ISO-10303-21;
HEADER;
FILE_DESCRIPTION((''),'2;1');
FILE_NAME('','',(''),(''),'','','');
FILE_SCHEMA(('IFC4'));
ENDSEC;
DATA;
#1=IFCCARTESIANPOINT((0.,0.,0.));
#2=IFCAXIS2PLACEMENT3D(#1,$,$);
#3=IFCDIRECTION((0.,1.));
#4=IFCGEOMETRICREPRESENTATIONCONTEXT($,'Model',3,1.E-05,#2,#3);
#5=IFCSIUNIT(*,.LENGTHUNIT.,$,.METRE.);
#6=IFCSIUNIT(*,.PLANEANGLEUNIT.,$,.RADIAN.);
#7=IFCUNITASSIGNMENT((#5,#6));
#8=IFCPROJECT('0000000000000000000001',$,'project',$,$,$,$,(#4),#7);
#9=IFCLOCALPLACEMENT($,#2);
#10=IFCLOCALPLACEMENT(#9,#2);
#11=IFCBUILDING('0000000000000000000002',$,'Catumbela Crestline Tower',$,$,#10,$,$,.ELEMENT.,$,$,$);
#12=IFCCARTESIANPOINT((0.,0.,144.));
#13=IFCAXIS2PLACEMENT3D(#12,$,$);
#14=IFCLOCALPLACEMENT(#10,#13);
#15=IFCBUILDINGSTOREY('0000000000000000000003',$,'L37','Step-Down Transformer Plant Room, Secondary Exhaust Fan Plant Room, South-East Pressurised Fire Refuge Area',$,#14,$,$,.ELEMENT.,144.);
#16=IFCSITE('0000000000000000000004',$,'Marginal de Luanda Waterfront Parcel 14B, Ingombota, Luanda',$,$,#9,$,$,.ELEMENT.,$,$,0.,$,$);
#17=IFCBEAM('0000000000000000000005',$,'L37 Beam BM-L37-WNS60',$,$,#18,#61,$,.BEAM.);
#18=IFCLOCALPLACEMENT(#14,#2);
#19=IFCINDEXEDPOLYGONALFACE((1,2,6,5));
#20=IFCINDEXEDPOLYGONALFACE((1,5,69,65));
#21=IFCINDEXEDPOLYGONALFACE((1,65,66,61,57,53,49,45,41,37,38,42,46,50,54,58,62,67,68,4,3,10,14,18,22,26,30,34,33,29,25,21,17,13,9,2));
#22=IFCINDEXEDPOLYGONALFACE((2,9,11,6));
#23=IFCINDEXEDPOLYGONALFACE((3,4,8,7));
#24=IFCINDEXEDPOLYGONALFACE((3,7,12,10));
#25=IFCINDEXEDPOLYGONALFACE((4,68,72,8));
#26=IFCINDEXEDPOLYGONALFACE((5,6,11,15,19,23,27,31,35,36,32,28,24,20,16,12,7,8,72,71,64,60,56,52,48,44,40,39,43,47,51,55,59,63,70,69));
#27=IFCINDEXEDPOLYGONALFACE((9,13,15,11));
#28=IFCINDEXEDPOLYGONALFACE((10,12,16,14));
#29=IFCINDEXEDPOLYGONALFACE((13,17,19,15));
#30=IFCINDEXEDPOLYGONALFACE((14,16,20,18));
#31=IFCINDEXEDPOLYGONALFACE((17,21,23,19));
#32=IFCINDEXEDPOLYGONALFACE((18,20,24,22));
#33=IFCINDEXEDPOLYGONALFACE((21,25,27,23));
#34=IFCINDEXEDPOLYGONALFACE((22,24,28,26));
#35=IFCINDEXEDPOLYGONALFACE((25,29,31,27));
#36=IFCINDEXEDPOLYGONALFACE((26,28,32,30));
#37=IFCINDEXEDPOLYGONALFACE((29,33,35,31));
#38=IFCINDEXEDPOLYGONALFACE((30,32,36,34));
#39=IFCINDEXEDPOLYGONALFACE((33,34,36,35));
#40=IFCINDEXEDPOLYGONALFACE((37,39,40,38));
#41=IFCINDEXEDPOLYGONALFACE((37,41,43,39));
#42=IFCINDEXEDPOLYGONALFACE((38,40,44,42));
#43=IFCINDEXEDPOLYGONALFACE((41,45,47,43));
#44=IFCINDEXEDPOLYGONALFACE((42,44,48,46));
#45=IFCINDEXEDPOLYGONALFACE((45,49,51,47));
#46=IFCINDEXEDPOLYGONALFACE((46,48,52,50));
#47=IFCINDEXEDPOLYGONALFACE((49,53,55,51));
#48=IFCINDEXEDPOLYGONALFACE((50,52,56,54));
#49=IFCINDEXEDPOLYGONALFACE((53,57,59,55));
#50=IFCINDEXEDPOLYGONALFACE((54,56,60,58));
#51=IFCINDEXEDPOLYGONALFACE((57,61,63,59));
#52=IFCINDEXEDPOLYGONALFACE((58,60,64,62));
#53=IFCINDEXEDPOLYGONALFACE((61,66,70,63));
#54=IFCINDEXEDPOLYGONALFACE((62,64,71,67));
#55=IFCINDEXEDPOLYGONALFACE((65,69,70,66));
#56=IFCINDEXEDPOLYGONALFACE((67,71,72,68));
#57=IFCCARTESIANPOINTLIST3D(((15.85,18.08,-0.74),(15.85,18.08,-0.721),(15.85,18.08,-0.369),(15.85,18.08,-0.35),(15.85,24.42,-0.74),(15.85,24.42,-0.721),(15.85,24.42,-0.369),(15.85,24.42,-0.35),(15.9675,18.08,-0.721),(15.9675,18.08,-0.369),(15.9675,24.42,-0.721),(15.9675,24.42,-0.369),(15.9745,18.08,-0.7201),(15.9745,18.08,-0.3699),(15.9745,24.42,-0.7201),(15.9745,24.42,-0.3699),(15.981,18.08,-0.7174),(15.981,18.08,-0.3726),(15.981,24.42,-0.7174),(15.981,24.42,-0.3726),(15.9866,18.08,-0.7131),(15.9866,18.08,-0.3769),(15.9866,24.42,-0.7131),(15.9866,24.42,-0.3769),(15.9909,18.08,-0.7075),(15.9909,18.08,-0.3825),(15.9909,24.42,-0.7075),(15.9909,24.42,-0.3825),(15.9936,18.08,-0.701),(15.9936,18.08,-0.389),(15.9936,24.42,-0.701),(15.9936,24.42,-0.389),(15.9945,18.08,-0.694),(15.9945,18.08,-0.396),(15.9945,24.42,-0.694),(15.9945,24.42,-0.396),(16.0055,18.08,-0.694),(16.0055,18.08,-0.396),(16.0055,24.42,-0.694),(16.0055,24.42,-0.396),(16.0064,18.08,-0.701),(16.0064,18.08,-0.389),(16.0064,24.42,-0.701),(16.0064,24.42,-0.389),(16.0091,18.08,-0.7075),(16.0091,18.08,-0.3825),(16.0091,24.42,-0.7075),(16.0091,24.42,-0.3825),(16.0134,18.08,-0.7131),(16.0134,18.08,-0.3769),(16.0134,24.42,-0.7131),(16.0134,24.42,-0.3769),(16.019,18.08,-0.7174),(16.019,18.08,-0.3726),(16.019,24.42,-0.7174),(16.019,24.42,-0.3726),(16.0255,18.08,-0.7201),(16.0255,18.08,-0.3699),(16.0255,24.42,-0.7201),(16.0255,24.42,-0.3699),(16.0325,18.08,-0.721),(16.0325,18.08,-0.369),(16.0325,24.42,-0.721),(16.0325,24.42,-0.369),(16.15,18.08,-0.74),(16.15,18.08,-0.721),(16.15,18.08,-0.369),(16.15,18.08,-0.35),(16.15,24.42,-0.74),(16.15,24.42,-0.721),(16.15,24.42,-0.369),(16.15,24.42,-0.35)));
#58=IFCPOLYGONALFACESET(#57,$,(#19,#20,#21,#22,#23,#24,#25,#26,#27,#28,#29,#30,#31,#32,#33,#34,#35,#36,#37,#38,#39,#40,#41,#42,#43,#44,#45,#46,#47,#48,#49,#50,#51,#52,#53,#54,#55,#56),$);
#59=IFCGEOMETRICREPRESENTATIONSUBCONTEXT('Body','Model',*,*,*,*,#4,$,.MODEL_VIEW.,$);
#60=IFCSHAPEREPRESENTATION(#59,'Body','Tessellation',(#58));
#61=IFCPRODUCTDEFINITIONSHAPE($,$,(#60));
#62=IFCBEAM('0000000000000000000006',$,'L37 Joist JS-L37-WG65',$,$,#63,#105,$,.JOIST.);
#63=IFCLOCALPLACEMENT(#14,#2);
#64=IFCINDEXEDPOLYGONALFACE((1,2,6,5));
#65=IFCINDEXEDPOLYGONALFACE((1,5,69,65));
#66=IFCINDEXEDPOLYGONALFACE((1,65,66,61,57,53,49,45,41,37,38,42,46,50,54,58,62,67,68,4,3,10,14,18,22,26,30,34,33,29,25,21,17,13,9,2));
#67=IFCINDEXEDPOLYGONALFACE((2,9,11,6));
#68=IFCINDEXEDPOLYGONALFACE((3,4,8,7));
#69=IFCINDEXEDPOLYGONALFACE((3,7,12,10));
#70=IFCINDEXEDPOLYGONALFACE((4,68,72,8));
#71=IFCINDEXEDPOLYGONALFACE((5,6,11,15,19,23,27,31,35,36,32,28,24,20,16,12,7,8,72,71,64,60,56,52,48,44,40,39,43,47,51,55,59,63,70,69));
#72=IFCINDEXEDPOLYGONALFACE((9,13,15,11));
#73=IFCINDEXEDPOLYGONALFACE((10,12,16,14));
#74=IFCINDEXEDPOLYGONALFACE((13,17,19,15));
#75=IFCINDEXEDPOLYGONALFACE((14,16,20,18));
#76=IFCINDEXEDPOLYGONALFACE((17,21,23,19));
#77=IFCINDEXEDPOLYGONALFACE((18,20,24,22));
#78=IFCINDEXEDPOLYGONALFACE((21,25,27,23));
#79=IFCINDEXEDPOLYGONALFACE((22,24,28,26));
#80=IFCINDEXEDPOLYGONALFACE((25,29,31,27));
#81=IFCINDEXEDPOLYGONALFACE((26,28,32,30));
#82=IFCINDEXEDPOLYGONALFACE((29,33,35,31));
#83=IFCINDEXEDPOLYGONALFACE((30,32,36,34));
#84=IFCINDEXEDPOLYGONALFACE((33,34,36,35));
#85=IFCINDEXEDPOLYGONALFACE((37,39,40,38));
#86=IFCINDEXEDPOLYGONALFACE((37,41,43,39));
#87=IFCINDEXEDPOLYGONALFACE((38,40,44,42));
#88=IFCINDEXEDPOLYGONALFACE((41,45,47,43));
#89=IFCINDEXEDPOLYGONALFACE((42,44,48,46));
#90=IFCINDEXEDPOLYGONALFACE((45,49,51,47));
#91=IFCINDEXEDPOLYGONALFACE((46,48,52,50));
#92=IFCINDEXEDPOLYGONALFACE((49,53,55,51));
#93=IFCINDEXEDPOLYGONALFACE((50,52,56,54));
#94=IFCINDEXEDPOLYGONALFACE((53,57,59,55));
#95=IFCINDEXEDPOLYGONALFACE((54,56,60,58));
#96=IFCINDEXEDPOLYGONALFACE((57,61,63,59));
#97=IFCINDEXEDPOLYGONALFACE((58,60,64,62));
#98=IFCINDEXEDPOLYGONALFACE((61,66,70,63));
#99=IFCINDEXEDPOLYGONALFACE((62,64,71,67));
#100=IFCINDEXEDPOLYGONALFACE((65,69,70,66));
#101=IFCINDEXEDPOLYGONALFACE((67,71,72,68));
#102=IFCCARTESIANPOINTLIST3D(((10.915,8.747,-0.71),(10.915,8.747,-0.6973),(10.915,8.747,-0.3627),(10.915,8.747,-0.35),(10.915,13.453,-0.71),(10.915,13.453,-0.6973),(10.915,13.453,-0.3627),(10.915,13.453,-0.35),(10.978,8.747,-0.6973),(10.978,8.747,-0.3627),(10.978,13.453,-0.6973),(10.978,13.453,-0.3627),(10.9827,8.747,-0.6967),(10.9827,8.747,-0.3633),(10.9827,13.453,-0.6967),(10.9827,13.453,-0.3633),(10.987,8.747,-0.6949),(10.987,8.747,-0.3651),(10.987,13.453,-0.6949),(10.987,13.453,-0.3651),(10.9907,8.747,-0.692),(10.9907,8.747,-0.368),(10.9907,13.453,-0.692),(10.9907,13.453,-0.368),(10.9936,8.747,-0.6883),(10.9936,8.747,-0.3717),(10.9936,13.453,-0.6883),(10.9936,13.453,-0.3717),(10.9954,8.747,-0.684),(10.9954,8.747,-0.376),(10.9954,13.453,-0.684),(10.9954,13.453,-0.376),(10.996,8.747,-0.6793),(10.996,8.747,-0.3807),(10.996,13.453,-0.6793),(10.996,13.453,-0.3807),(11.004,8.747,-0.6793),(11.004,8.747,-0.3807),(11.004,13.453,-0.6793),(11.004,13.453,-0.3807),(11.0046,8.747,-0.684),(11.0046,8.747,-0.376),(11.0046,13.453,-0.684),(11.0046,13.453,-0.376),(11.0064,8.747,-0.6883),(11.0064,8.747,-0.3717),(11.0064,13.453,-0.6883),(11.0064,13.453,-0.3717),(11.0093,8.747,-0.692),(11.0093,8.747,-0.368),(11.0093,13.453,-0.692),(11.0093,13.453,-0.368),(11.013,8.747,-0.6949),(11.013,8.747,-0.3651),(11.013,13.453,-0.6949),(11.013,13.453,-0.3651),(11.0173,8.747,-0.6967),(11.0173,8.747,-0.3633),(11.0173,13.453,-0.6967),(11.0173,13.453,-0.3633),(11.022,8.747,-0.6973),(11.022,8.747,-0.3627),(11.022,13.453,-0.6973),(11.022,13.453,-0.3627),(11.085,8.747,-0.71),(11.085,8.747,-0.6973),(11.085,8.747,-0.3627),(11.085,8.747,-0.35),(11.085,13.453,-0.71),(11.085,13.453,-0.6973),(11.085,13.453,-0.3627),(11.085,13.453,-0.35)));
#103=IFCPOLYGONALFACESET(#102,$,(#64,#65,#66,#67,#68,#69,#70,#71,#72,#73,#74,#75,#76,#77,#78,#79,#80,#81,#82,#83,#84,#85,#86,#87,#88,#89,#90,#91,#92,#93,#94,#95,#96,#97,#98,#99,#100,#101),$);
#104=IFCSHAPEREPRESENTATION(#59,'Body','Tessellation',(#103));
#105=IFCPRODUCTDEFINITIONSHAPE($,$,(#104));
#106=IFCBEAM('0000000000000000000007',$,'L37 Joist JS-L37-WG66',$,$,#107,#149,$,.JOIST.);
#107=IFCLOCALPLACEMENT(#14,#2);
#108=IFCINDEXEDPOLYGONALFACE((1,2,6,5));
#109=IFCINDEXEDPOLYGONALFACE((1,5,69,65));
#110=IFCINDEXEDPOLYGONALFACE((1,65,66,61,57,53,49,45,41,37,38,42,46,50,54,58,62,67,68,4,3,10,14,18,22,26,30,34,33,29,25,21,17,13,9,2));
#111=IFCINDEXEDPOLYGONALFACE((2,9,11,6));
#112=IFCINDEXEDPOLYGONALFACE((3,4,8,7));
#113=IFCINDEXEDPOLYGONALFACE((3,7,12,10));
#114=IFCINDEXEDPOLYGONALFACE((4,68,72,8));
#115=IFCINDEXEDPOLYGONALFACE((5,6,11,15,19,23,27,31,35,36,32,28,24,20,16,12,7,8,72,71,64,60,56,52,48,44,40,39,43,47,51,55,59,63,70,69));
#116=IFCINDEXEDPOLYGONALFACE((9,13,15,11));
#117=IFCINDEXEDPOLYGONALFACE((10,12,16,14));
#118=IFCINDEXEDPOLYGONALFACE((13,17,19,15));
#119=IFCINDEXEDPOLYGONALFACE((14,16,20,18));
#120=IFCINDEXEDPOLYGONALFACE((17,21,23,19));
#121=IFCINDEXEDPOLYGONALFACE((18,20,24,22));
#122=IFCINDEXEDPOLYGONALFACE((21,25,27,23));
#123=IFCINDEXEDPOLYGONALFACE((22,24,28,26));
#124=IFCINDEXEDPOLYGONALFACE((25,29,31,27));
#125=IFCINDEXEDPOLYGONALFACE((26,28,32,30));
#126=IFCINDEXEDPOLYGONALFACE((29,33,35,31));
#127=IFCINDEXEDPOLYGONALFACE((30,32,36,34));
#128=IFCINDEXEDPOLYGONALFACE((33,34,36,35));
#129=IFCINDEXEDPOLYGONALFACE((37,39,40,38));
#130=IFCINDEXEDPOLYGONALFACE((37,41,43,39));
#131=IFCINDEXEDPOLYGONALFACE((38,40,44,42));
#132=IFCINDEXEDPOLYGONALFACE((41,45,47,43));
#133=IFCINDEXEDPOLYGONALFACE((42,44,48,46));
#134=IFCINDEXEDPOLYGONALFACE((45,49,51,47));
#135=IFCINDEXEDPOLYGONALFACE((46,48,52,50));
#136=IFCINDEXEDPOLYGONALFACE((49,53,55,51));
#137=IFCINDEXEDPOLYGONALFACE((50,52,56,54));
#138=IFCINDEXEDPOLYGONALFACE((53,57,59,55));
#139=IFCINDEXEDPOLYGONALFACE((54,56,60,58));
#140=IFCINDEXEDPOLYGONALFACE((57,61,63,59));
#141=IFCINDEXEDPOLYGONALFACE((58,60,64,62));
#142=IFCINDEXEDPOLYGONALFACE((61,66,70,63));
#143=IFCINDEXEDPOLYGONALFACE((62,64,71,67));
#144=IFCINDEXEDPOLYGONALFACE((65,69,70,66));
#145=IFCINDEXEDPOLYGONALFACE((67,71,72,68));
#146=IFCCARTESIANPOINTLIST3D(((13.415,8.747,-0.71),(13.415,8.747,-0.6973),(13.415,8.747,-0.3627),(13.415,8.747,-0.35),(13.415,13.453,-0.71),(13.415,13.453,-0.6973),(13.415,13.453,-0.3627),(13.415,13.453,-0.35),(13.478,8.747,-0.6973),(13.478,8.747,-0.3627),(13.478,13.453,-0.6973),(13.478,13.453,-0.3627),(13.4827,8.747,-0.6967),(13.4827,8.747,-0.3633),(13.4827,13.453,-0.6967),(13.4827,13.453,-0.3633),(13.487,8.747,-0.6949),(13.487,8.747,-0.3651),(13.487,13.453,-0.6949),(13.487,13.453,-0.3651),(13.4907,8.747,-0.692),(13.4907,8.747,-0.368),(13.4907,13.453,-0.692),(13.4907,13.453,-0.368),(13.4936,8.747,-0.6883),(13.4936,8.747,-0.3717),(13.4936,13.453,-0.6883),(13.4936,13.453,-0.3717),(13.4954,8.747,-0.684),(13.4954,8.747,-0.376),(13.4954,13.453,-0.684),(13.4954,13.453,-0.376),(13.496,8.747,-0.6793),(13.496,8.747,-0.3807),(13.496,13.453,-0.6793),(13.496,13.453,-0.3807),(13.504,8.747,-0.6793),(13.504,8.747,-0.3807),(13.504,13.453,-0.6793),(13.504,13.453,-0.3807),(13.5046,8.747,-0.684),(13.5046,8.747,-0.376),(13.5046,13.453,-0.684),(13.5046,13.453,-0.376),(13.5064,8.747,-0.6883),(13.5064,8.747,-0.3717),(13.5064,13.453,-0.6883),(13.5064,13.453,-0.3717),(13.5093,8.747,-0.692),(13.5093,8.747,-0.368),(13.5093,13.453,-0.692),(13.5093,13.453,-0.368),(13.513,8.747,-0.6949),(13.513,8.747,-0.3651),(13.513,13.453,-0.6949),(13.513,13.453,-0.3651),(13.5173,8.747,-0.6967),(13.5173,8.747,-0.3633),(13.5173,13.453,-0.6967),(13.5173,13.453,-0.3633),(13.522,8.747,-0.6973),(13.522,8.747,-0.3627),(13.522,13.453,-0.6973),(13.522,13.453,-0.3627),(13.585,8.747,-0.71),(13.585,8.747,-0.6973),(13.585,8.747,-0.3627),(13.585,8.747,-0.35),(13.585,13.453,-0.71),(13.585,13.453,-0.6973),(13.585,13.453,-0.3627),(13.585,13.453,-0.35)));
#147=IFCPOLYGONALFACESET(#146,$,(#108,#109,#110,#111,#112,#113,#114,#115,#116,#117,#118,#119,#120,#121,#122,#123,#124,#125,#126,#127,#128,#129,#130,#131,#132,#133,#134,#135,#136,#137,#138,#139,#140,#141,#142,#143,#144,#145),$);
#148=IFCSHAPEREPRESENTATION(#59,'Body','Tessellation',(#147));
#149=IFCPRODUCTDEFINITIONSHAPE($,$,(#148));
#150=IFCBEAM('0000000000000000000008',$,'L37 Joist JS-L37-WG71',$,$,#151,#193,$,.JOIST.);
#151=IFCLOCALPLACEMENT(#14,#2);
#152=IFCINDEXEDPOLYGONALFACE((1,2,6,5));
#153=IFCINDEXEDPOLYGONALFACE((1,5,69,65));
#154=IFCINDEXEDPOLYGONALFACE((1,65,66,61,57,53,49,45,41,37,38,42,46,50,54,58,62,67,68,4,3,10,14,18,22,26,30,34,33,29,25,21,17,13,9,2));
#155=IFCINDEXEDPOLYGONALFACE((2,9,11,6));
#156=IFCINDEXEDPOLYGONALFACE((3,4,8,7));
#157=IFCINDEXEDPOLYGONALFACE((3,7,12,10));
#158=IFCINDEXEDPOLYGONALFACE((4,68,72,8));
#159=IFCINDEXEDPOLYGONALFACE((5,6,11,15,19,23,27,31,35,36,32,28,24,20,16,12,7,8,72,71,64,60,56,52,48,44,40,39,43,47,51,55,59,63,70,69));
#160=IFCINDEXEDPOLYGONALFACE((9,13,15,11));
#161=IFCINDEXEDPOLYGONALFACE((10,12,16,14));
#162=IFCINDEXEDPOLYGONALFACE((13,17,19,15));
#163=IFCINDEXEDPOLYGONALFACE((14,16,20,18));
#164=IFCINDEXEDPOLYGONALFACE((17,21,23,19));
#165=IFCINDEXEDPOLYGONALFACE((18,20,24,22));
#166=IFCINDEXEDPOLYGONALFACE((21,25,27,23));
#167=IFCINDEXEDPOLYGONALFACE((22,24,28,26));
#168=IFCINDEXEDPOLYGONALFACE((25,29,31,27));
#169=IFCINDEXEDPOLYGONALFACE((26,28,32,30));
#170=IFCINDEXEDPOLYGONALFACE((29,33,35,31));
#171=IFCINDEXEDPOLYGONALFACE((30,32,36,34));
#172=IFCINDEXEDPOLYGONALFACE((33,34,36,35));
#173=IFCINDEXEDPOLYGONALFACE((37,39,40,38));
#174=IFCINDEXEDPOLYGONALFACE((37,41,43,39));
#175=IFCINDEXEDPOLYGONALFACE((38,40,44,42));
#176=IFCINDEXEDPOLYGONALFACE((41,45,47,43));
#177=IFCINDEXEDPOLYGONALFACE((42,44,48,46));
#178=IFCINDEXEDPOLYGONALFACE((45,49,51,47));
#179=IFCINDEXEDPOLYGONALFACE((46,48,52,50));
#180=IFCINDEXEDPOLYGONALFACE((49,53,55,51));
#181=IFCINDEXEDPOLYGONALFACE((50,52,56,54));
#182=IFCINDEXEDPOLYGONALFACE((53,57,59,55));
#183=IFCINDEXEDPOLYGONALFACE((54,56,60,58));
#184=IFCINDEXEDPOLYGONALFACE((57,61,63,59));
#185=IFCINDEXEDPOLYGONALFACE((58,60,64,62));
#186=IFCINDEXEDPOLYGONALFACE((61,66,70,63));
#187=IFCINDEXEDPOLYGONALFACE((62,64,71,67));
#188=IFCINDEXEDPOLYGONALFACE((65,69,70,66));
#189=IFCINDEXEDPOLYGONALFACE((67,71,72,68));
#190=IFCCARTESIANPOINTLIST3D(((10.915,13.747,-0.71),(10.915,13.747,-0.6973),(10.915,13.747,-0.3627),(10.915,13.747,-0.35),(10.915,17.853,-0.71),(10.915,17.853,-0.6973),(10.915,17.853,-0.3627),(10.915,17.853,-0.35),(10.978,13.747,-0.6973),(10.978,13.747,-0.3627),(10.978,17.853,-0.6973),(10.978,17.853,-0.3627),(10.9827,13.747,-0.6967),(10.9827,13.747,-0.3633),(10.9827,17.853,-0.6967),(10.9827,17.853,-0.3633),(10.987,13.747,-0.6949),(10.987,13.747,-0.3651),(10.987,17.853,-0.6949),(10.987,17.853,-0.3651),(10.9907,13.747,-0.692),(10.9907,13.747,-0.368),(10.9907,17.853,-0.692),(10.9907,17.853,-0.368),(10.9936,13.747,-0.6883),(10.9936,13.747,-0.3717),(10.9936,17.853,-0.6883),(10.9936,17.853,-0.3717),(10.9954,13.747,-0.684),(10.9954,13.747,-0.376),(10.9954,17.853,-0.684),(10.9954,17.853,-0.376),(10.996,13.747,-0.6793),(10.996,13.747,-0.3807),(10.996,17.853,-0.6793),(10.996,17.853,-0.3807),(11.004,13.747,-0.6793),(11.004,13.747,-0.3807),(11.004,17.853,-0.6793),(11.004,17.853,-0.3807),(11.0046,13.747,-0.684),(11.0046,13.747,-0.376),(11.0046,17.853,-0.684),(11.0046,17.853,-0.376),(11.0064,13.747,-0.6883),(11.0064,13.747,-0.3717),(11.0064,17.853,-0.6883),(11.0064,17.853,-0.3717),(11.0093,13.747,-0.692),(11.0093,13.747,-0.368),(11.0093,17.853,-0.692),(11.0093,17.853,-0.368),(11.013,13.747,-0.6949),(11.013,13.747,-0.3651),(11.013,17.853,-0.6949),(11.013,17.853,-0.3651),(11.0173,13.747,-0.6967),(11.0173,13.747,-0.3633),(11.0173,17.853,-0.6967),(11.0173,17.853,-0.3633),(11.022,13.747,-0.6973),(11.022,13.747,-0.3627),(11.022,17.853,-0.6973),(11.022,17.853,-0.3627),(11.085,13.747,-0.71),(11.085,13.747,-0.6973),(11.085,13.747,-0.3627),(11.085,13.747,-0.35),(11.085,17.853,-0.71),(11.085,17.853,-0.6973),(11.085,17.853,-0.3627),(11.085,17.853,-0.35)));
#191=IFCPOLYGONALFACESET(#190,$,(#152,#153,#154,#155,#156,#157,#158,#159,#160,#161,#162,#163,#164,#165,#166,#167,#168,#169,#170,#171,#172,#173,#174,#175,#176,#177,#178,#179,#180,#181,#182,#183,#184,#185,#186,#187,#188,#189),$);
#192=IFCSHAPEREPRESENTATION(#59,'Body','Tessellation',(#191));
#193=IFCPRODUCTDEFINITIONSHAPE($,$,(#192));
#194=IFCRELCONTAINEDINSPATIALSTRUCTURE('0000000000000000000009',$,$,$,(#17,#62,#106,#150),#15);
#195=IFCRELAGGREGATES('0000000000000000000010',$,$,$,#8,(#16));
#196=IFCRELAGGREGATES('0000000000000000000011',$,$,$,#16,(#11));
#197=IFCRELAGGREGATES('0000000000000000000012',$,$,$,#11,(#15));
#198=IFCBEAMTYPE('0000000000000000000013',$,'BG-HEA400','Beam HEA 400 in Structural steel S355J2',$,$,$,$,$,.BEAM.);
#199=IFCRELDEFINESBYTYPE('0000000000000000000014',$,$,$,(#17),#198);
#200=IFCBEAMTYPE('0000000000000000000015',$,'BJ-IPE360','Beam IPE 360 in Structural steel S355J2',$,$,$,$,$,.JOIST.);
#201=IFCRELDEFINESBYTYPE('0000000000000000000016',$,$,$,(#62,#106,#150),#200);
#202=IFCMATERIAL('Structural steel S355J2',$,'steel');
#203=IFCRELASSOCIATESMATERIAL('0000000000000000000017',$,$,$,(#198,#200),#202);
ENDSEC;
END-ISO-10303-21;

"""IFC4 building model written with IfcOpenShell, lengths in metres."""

from ifc_helpers import new_model, si_unit, direction, frame, origin, origin_2d, place, context, subcontext, project, spatial, i_section, extrude, material, material_profile, profile_set, type_object, element, save


model = new_model("IFC4")

# Units and contexts
model_context = context("Model", 3, precision=1e-05, world=origin(), true_north=direction((0.0, 1.0)))
body_context = subcontext(model_context, "Body", "Model", "MODEL_VIEW")
ifc_project = project(units=[si_unit("LENGTHUNIT", "METRE"), si_unit("PLANEANGLEUNIT", "RADIAN")], contexts=[model_context])

# Site, building, storey
site_placement = place(None, origin())
site = spatial("IfcSite", under=ifc_project, at=site_placement, Name="Marginal de Luanda Waterfront Parcel 14B, Ingombota, Luanda", CompositionType="ELEMENT", RefElevation=0.0)
building_placement = place(site_placement, origin())
building = spatial("IfcBuilding", under=site, at=building_placement, Name="Catumbela Crestline Tower", CompositionType="ELEMENT")
storey_placement = place(building_placement, frame((0.0, 0.0, 144.0)))
storey = spatial("IfcBuildingStorey", under=building, at=storey_placement, Name="L37", Description="Step-Down Transformer Plant Room, Secondary Exhaust Fan Plant Room, South-East Pressurised Fire Refuge Area", CompositionType="ELEMENT", Elevation=144.0)

# Beams
ifc_material_1 = material(Name="Structural steel S355J2", Category="steel")
ifc_material_profile_1 = material_profile(ifc_material_1, i_section(OverallWidth=0.3, OverallDepth=0.39, WebThickness=0.011, FlangeThickness=0.019, FilletRadius=0.027, at=origin_2d()), Name="HEA 400")
ifc_profile_set_1 = profile_set([ifc_material_profile_1], Name="Structural steel S355J2")
beam_type_1 = type_object("IfcBeamType", Name="BG-HEA400", Description="Beam HEA 400 in Structural steel S355J2", PredefinedType="BEAM", material=ifc_profile_set_1)
beam_1_placement = place(storey_placement, frame((16.0, 18.08, -0.545), z_axis=(0.0, 1.0, 0.0), x_axis=(-1.0, 0.0, 0.0)))
element("IfcBeam", 1, at=beam_1_placement, inside=storey, type_object=beam_type_1, Name="L37 Beam BM-L37-WNS60", PredefinedType="BEAM", context=body_context, shape_type="SweptSolid", body=[
    extrude(i_section(OverallWidth=0.3, OverallDepth=0.39, WebThickness=0.011, FlangeThickness=0.019, FilletRadius=0.027, at=origin_2d()), origin(), (0.0, 0.0, 1.0), 6.34),
])
ifc_material_profile_2 = material_profile(ifc_material_1, i_section(OverallWidth=0.17, OverallDepth=0.36, WebThickness=0.008, FlangeThickness=0.0127, FilletRadius=0.018, at=origin_2d()), Name="IPE 360")
ifc_profile_set_2 = profile_set([ifc_material_profile_2], Name="Structural steel S355J2")
beam_type_2 = type_object("IfcBeamType", Name="BJ-IPE360", Description="Beam IPE 360 in Structural steel S355J2", PredefinedType="JOIST", material=ifc_profile_set_2)
for number, where, z_axis, x_axis, name in (
    (2, (11.0, 8.747, -0.53), (0.0, 1.0, 0.0), (-1.0, 0.0, 0.0), "L37 Joist JS-L37-WG65"),
    (3, (13.5, 8.747, -0.53), (0.0, 1.0, 0.0), (-1.0, 0.0, 0.0), "L37 Joist JS-L37-WG66"),
):
    element("IfcBeam", number, at=place(storey_placement, frame(where, z_axis=z_axis, x_axis=x_axis)), inside=storey, type_object=beam_type_2, Name=name, PredefinedType="JOIST", context=body_context, shape_type="SweptSolid", body=[
        extrude(i_section(OverallWidth=0.17, OverallDepth=0.36, WebThickness=0.008, FlangeThickness=0.0127, FilletRadius=0.018, at=origin_2d()), origin(), (0.0, 0.0, 1.0), 4.706),
    ])
for number, where, z_axis, x_axis, name in (
    (4, (11.0, 13.747, -0.53), (0.0, 1.0, 0.0), (-1.0, 0.0, 0.0), "L37 Joist JS-L37-WG71"),
):
    element("IfcBeam", number, at=place(storey_placement, frame(where, z_axis=z_axis, x_axis=x_axis)), inside=storey, type_object=beam_type_2, Name=name, PredefinedType="JOIST", context=body_context, shape_type="SweptSolid", body=[
        extrude(i_section(OverallWidth=0.17, OverallDepth=0.36, WebThickness=0.008, FlangeThickness=0.0127, FilletRadius=0.018, at=origin_2d()), origin(), (0.0, 0.0, 1.0), 4.106),
    ])

save(model, "model.ifc")
